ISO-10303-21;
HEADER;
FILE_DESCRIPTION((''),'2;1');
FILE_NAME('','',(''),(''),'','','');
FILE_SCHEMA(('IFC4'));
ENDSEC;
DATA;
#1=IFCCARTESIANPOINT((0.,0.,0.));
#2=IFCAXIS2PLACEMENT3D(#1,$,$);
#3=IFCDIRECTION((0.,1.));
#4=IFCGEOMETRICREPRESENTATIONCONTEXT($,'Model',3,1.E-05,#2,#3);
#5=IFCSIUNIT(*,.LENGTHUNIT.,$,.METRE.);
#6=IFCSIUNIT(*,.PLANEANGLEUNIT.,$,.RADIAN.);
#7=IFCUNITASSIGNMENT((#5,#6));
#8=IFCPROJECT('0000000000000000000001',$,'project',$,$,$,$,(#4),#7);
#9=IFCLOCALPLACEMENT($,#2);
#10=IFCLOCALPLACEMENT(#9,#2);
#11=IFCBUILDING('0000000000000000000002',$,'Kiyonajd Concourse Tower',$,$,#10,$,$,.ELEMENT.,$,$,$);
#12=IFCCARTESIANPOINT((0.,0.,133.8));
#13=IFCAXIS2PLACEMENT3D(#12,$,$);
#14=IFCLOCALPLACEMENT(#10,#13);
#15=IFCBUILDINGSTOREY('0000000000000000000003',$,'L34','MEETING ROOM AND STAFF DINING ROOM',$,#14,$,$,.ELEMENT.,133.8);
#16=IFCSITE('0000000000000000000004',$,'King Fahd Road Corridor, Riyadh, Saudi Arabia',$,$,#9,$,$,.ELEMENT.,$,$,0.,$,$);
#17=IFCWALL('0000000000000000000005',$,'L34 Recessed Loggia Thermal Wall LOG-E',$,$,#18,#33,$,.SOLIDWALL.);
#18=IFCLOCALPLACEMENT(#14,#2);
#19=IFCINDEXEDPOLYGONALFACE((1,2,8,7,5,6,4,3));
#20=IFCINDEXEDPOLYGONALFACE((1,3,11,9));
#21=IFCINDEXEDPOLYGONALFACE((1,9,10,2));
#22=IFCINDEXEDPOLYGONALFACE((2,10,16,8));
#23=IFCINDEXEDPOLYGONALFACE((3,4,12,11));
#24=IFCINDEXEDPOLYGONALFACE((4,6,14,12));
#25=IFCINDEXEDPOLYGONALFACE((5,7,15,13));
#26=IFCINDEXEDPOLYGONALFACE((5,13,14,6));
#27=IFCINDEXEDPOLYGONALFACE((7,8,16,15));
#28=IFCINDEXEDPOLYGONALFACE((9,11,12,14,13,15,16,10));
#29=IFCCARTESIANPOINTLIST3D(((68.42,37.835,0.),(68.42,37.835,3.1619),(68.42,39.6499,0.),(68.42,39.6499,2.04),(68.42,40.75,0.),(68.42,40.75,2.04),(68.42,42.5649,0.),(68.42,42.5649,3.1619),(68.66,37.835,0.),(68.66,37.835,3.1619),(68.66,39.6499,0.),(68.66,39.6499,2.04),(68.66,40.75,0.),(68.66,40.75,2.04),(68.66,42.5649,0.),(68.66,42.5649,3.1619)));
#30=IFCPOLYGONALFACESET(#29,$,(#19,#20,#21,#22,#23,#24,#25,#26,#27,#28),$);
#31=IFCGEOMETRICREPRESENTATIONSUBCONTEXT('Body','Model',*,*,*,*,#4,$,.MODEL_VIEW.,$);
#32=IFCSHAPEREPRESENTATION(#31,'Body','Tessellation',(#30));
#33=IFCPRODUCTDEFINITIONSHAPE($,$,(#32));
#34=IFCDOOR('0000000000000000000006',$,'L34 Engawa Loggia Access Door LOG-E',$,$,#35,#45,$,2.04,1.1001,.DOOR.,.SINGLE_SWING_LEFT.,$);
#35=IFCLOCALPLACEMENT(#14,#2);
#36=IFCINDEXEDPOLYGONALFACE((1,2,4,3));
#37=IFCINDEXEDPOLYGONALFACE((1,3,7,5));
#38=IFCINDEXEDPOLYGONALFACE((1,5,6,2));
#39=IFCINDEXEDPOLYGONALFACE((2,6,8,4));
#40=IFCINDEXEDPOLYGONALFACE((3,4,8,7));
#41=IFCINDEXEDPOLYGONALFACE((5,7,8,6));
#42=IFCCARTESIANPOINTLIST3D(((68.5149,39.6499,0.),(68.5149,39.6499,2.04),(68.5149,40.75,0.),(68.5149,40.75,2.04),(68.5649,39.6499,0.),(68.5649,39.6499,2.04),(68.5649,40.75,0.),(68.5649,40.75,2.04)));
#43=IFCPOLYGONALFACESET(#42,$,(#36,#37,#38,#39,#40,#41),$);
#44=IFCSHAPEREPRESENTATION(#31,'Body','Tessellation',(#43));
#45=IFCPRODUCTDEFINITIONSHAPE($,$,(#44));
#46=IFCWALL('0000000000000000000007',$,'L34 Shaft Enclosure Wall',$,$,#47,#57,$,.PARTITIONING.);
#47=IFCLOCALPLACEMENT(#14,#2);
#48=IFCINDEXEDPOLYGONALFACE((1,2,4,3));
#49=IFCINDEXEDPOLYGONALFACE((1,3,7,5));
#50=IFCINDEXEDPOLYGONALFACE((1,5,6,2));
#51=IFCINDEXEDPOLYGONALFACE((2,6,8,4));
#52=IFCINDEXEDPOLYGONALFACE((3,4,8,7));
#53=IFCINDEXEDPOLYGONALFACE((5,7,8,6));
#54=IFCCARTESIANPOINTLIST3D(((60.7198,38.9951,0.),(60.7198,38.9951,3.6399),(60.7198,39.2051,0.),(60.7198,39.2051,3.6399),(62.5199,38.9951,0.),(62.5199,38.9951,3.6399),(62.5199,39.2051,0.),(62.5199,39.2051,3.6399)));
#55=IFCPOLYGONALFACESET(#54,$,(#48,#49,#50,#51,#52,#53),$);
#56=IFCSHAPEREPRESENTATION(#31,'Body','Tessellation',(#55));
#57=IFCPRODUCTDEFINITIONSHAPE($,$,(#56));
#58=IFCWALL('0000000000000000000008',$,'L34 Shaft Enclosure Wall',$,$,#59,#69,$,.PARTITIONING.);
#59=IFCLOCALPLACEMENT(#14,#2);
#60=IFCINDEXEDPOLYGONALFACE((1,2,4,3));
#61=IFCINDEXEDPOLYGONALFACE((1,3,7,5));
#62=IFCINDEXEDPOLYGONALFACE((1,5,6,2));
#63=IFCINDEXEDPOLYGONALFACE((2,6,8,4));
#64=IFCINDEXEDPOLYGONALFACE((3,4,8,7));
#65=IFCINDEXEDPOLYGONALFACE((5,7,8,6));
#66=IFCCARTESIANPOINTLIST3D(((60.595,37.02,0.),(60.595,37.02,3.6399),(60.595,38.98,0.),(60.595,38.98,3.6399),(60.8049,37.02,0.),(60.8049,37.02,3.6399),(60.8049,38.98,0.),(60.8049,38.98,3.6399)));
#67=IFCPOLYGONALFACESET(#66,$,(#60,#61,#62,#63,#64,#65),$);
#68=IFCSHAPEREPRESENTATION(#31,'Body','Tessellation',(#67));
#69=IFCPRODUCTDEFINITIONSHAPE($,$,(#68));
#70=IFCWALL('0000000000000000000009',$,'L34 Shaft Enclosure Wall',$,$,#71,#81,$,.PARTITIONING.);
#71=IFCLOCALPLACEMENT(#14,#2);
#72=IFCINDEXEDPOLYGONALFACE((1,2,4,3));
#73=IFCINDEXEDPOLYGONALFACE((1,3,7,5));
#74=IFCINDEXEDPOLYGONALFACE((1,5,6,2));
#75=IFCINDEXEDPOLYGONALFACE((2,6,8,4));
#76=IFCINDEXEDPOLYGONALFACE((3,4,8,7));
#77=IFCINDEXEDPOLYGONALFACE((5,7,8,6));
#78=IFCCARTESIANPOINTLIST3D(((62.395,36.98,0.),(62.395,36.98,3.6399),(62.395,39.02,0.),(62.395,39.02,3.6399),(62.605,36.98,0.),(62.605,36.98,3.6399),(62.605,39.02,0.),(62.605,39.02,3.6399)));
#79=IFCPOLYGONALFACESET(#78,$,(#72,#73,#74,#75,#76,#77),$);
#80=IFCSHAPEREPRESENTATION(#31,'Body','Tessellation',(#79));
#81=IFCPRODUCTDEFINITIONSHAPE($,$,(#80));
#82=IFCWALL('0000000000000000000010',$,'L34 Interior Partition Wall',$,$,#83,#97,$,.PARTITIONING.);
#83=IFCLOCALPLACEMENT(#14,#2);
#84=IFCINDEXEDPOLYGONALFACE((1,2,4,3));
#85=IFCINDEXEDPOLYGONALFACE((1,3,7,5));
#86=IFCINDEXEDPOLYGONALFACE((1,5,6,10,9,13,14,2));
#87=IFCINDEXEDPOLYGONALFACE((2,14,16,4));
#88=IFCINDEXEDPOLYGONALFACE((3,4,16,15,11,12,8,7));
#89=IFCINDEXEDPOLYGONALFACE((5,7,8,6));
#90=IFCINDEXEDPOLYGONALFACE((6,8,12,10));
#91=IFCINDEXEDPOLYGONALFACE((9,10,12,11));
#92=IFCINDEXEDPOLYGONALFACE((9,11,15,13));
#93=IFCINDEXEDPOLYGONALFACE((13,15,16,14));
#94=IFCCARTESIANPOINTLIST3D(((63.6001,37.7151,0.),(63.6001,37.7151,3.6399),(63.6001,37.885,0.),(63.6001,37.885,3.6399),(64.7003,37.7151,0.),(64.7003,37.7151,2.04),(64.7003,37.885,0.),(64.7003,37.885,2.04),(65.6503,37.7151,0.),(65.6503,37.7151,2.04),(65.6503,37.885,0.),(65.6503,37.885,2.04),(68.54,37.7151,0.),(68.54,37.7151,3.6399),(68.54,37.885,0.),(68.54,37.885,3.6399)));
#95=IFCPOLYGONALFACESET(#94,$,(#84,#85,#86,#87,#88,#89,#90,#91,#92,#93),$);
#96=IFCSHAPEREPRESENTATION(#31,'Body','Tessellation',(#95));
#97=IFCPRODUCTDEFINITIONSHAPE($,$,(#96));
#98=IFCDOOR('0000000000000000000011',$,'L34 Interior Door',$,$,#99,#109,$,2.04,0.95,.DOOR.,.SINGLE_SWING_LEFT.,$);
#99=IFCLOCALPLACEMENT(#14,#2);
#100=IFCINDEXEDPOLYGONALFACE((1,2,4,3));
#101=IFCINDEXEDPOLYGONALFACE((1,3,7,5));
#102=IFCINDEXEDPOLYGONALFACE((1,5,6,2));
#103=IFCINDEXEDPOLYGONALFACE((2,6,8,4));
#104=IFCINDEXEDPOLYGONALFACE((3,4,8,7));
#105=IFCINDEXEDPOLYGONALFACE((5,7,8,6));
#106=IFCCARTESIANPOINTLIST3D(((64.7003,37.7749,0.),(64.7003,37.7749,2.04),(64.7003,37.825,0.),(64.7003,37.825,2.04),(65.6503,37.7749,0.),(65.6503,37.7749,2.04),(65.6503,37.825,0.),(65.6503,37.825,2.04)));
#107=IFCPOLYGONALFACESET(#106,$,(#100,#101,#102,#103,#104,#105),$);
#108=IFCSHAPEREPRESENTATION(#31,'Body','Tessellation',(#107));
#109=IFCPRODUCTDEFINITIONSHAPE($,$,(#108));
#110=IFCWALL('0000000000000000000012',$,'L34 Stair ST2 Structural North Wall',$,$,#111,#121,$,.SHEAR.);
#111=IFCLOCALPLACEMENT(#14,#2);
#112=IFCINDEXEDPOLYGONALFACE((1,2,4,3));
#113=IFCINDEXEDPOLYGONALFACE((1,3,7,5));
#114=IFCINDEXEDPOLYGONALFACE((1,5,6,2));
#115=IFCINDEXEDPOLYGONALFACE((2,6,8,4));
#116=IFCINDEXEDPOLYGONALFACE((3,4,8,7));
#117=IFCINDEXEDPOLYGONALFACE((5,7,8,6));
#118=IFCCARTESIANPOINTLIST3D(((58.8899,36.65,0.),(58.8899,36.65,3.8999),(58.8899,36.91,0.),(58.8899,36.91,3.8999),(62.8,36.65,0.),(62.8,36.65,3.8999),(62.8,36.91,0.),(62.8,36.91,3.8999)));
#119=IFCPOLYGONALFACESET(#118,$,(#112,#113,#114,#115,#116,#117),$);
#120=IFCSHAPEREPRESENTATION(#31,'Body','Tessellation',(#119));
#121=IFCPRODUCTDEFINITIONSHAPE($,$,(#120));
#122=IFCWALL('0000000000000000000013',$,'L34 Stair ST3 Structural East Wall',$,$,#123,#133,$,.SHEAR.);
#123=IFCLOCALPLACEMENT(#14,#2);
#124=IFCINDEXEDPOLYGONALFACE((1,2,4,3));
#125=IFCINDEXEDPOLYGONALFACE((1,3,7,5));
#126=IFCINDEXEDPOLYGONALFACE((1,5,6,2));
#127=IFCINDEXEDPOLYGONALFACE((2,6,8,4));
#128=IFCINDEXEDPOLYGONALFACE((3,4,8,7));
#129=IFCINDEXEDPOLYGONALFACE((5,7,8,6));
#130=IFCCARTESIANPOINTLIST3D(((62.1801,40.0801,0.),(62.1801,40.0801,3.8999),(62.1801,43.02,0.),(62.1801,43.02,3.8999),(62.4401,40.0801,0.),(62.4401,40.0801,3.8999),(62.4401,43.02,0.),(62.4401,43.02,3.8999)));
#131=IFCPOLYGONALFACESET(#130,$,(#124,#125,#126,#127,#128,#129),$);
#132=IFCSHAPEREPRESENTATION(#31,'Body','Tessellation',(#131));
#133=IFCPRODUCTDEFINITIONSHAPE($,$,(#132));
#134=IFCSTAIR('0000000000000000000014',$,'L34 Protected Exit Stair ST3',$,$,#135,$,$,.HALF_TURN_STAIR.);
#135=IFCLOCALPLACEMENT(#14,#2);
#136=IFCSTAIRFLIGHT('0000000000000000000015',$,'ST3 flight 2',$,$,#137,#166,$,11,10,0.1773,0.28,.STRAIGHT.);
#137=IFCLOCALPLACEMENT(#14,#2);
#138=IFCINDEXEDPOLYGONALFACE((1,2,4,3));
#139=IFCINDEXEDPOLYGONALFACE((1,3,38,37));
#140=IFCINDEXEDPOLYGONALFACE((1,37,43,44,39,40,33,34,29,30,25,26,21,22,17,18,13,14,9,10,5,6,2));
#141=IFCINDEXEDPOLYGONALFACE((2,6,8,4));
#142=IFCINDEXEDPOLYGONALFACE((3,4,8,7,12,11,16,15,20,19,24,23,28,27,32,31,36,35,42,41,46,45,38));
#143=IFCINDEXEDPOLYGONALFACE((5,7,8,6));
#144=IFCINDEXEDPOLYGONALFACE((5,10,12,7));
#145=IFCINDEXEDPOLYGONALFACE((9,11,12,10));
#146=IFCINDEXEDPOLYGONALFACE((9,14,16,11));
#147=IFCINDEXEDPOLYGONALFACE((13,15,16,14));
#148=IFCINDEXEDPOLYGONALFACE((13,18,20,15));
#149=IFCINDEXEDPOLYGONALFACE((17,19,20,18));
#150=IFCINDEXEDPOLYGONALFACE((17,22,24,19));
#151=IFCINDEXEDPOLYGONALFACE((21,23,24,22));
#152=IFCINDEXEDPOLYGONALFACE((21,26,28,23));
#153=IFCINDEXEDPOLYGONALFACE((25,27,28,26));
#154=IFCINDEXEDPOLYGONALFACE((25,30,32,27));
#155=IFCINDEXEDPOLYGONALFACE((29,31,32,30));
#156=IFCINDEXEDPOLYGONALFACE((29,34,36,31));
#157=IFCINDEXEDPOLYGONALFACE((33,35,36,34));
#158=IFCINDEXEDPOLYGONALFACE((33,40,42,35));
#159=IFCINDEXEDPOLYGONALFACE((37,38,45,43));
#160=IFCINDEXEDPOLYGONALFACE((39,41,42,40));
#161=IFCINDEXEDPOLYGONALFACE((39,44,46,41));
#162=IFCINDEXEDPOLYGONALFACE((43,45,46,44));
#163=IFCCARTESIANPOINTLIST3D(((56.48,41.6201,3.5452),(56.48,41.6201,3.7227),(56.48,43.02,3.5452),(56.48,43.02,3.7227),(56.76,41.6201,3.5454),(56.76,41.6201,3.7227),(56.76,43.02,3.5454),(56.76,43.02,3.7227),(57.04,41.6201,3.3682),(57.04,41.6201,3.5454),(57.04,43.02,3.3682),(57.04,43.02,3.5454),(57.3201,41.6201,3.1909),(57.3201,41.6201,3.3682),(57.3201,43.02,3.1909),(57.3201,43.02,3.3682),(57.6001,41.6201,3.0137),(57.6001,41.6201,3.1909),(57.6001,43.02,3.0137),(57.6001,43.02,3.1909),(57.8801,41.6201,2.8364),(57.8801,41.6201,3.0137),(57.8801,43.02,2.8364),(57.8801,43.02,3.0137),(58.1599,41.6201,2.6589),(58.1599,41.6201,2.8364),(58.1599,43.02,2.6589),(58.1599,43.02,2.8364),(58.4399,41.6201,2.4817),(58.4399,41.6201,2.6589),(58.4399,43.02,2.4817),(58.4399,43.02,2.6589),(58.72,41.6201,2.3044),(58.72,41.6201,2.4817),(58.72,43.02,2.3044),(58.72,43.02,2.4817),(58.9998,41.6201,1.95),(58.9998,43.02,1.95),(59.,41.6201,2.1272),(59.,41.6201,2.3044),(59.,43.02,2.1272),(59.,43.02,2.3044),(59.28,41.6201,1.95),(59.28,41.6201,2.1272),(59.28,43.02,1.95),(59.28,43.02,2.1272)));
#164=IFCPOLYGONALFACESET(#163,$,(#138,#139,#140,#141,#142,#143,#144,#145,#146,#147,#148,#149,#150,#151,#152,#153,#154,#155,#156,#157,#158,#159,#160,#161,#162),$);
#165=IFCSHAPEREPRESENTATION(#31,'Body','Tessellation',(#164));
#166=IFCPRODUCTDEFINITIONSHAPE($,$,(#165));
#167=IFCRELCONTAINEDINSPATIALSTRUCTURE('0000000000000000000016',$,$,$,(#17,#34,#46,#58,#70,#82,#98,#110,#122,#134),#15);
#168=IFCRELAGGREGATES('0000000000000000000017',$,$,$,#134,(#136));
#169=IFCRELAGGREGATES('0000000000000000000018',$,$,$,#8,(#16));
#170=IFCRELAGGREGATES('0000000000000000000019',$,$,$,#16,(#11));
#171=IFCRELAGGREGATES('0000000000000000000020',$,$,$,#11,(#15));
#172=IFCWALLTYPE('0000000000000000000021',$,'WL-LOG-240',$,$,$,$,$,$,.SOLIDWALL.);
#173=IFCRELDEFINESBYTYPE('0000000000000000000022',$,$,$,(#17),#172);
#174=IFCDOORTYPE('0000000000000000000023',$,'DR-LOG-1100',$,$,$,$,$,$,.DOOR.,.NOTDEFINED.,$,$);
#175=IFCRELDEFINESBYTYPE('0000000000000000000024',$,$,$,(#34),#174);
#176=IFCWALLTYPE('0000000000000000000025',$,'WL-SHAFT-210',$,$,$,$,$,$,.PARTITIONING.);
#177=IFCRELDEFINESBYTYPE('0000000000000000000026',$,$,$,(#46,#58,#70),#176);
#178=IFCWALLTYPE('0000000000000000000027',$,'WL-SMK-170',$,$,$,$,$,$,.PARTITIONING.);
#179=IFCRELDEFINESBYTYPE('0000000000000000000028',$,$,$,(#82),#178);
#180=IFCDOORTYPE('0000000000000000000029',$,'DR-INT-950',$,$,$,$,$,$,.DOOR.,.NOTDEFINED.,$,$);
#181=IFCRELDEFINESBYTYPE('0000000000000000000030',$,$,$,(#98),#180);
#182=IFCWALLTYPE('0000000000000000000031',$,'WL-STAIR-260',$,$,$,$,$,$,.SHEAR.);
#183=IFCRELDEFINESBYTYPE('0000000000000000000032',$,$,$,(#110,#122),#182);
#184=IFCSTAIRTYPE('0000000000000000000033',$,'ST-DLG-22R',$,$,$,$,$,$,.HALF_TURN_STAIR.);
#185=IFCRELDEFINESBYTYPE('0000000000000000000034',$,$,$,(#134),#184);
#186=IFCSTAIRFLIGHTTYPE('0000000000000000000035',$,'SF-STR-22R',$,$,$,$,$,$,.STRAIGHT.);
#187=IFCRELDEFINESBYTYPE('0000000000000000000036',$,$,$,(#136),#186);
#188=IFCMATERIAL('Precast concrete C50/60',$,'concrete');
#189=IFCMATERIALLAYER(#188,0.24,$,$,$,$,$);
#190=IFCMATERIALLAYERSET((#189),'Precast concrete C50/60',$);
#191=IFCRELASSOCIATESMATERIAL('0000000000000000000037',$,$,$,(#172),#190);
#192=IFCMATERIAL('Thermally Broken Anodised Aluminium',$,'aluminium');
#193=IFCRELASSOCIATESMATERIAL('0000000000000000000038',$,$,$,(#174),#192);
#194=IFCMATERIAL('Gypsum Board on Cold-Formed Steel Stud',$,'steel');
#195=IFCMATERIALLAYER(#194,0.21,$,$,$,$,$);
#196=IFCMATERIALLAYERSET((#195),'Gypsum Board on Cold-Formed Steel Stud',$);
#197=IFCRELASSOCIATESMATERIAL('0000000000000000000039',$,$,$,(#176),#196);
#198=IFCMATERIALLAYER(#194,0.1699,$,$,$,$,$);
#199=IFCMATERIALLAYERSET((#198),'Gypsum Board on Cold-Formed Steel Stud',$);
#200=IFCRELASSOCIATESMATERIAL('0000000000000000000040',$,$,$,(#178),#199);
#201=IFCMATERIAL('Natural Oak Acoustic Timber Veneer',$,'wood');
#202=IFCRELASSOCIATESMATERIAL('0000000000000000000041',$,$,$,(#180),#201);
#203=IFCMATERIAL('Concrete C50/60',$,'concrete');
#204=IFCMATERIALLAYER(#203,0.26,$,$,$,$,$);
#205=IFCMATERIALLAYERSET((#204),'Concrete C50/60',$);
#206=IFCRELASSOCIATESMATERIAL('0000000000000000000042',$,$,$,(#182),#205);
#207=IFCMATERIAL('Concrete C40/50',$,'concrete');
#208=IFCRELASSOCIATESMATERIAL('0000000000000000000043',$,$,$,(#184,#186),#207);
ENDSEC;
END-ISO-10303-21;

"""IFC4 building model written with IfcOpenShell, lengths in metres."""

from ifc_helpers import new_model, si_unit, direction, frame, frame_2d, origin, place, context, subcontext, project, spatial, polyline, rectangle, outline, extrude, material, layer, layer_set, type_object, element, fill, aggregate, save


model = new_model("IFC4")

# Units and contexts
model_context = context("Model", 3, precision=1e-05, world=origin(), true_north=direction((0.0, 1.0)))
body_context = subcontext(model_context, "Body", "Model", "MODEL_VIEW")
ifc_project = project(units=[si_unit("LENGTHUNIT", "METRE"), si_unit("PLANEANGLEUNIT", "RADIAN")], contexts=[model_context])

# Site, building, storey
site_placement = place(None, origin())
site = spatial("IfcSite", under=ifc_project, at=site_placement, Name="King Fahd Road Corridor, Riyadh, Saudi Arabia", CompositionType="ELEMENT", RefElevation=0.0)
building_placement = place(site_placement, origin())
building = spatial("IfcBuilding", under=site, at=building_placement, Name="Kiyonajd Concourse Tower", CompositionType="ELEMENT")
storey_placement = place(building_placement, frame((0.0, 0.0, 133.8)))
storey = spatial("IfcBuildingStorey", under=building, at=storey_placement, Name="L34", Description="MEETING ROOM AND STAFF DINING ROOM", CompositionType="ELEMENT", Elevation=133.8)

# Shared definitions
ifc_material_1 = material(Name="Precast concrete C50/60", Category="concrete")

# Shared definitions
ifc_material_2 = material(Name="Thermally Broken Anodised Aluminium", Category="aluminium")

# Wall, opening, door
ifc_layer_1 = layer(ifc_material_1, 0.24)
ifc_layer_set_1 = layer_set([ifc_layer_1], Name="Precast concrete C50/60")
wall_type_1 = type_object("IfcWallType", Name="WL-LOG-240", PredefinedType="SOLIDWALL", material=ifc_layer_set_1)
wall_1_placement = place(storey_placement, frame((68.54, 42.5649, 0.0), z_axis=(0.0, 0.0, 1.0), x_axis=(0.0, -1.0, 0.0)))
wall_1 = element("IfcWall", 1, at=wall_1_placement, inside=storey, type_object=wall_type_1, Name="L34 Recessed Loggia Thermal Wall LOG-E", PredefinedType="SOLIDWALL", context=body_context, shape_type="SweptSolid", body=[
    extrude(rectangle(XDim=4.73, YDim=0.24, at=frame_2d((2.365, 0.0))), origin(), (0.0, 0.0, 1.0), 3.1619),
])
opening_1_placement = place(wall_1_placement, frame((1.8149, 0.0, 0.0)))
opening_1 = element("IfcOpeningElement", 2, at=opening_1_placement, cuts=wall_1, PredefinedType="OPENING", context=body_context, shape_type="SweptSolid", body=[
    extrude(rectangle(XDim=1.1001, YDim=2.04, at=frame_2d((0.55, 1.02))), frame((0.0, 0.1299, 0.0), z_axis=(0.0, -1.0, 0.0), x_axis=(1.0, 0.0, 0.0)), (0.0, 0.0, 1.0), 0.26),
])
door_type_1 = type_object("IfcDoorType", Name="DR-LOG-1100", OperationType="NOTDEFINED", PredefinedType="DOOR", material=ifc_material_2)
door_1_placement = place(opening_1_placement, origin())
door_1 = element("IfcDoor", 3, at=door_1_placement, inside=storey, type_object=door_type_1, Name="L34 Engawa Loggia Access Door LOG-E", OperationType="SINGLE_SWING_LEFT", OverallHeight=2.04, OverallWidth=1.1001, PredefinedType="DOOR", context=body_context, shape_type="SweptSolid", body=[
    extrude(rectangle(XDim=1.1001, YDim=2.04, at=frame_2d((0.55, 1.02))), frame((0.0, 0.0249, 0.0), z_axis=(0.0, -1.0, 0.0), x_axis=(1.0, 0.0, 0.0)), (0.0, 0.0, 1.0), 0.05),
])
fill(opening_1, door_1)

# Walls
ifc_material_3 = material(Name="Gypsum Board on Cold-Formed Steel Stud", Category="steel")
ifc_layer_2 = layer(ifc_material_3, 0.21)
ifc_layer_set_2 = layer_set([ifc_layer_2], Name="Gypsum Board on Cold-Formed Steel Stud")
wall_type_2 = type_object("IfcWallType", Name="WL-SHAFT-210", PredefinedType="PARTITIONING", material=ifc_layer_set_2)
wall_2_placement = place(storey_placement, frame((60.72, 39.1001, 0.0), z_axis=(0.0, 0.0, 1.0), x_axis=(1.0, 0.0, 0.0)))
element("IfcWall", 4, at=wall_2_placement, inside=storey, type_object=wall_type_2, Name="L34 Shaft Enclosure Wall", PredefinedType="PARTITIONING", context=body_context, shape_type="SweptSolid", body=[
    extrude(rectangle(XDim=1.8, YDim=0.21, at=frame_2d((0.8999, 0.0))), origin(), (0.0, 0.0, 1.0), 3.6399),
])
wall_3_placement = place(storey_placement, frame((60.7, 37.02, 0.0), z_axis=(0.0, 0.0, 1.0), x_axis=(0.0, 1.0, 0.0)))
element("IfcWall", 5, at=wall_3_placement, inside=storey, type_object=wall_type_2, Name="L34 Shaft Enclosure Wall", PredefinedType="PARTITIONING", context=body_context, shape_type="SweptSolid", body=[
    extrude(rectangle(XDim=1.96, YDim=0.21, at=frame_2d((0.98, 0.0))), origin(), (0.0, 0.0, 1.0), 3.6399),
])
wall_4_placement = place(storey_placement, frame((62.5, 36.98, 0.0), z_axis=(0.0, 0.0, 1.0), x_axis=(0.0, 1.0, 0.0)))
element("IfcWall", 6, at=wall_4_placement, inside=storey, type_object=wall_type_2, Name="L34 Shaft Enclosure Wall", PredefinedType="PARTITIONING", context=body_context, shape_type="SweptSolid", body=[
    extrude(rectangle(XDim=2.04, YDim=0.21, at=frame_2d((1.02, 0.0))), origin(), (0.0, 0.0, 1.0), 3.6399),
])

# Wall, opening, door
ifc_layer_3 = layer(ifc_material_3, 0.1699)
ifc_layer_set_3 = layer_set([ifc_layer_3], Name="Gypsum Board on Cold-Formed Steel Stud")
wall_type_3 = type_object("IfcWallType", Name="WL-SMK-170", PredefinedType="PARTITIONING", material=ifc_layer_set_3)
wall_5_placement = place(storey_placement, frame((63.6001, 37.8, 0.0), z_axis=(0.0, 0.0, 1.0), x_axis=(1.0, 0.0, 0.0)))
wall_5 = element("IfcWall", 7, at=wall_5_placement, inside=storey, type_object=wall_type_3, Name="L34 Interior Partition Wall", PredefinedType="PARTITIONING", context=body_context, shape_type="SweptSolid", body=[
    extrude(rectangle(XDim=4.9399, YDim=0.1699, at=frame_2d((2.47, 0.0))), origin(), (0.0, 0.0, 1.0), 3.6399),
])
opening_2_placement = place(wall_5_placement, frame((1.1001, 0.0, 0.0)))
opening_2 = element("IfcOpeningElement", 8, at=opening_2_placement, cuts=wall_5, PredefinedType="OPENING", context=body_context, shape_type="SweptSolid", body=[
    extrude(rectangle(XDim=0.95, YDim=2.04, at=frame_2d((0.4751, 1.02))), frame((0.0, 0.095, 0.0), z_axis=(0.0, -1.0, 0.0), x_axis=(1.0, 0.0, 0.0)), (0.0, 0.0, 1.0), 0.1899),
])
ifc_material_4 = material(Name="Natural Oak Acoustic Timber Veneer", Category="wood")
door_type_2 = type_object("IfcDoorType", Name="DR-INT-950", OperationType="NOTDEFINED", PredefinedType="DOOR", material=ifc_material_4)
door_2_placement = place(opening_2_placement, origin())
door_2 = element("IfcDoor", 9, at=door_2_placement, inside=storey, type_object=door_type_2, Name="L34 Interior Door", OperationType="SINGLE_SWING_LEFT", OverallHeight=2.04, OverallWidth=0.95, PredefinedType="DOOR", context=body_context, shape_type="SweptSolid", body=[
    extrude(rectangle(XDim=0.95, YDim=2.04, at=frame_2d((0.4751, 1.02))), frame((0.0, 0.0249, 0.0), z_axis=(0.0, -1.0, 0.0), x_axis=(1.0, 0.0, 0.0)), (0.0, 0.0, 1.0), 0.05),
])
fill(opening_2, door_2)

# Walls
ifc_material_5 = material(Name="Concrete C50/60", Category="concrete")
ifc_layer_4 = layer(ifc_material_5, 0.26)
ifc_layer_set_4 = layer_set([ifc_layer_4], Name="Concrete C50/60")
wall_type_4 = type_object("IfcWallType", Name="WL-STAIR-260", PredefinedType="SHEAR", material=ifc_layer_set_4)
wall_6_placement = place(storey_placement, frame((58.8899, 36.78, 0.0), z_axis=(0.0, 0.0, 1.0), x_axis=(1.0, 0.0, 0.0)))
element("IfcWall", 10, at=wall_6_placement, inside=storey, type_object=wall_type_4, Name="L34 Stair ST2 Structural North Wall", PredefinedType="SHEAR", context=body_context, shape_type="SweptSolid", body=[
    extrude(rectangle(XDim=3.9102, YDim=0.26, at=frame_2d((1.9551, 0.0))), origin(), (0.0, 0.0, 1.0), 3.8999),
])
wall_7_placement = place(storey_placement, frame((62.3101, 40.0801, 0.0), z_axis=(0.0, 0.0, 1.0), x_axis=(0.0, 1.0, 0.0)))
element("IfcWall", 11, at=wall_7_placement, inside=storey, type_object=wall_type_4, Name="L34 Stair ST3 Structural East Wall", PredefinedType="SHEAR", context=body_context, shape_type="SweptSolid", body=[
    extrude(rectangle(XDim=2.9399, YDim=0.26, at=frame_2d((1.47, 0.0))), origin(), (0.0, 0.0, 1.0), 3.8999),
])

# Stair, stair flight
ifc_material_6 = material(Name="Concrete C40/50", Category="concrete")
stair_type = type_object("IfcStairType", Name="ST-DLG-22R", PredefinedType="HALF_TURN_STAIR", material=ifc_material_6)
stair_placement = place(storey_placement, origin())
stair = element("IfcStair", 12, at=stair_placement, inside=storey, type_object=stair_type, Name="L34 Protected Exit Stair ST3", PredefinedType="HALF_TURN_STAIR")
stair_flight_type = type_object("IfcStairFlightType", Name="SF-STR-22R", PredefinedType="STRAIGHT", material=ifc_material_6)
stair_flight_placement = place(storey_placement, frame((59.28, 42.3201, 1.95), z_axis=(0.0, 0.0, 1.0), x_axis=(-1.0, 0.0, 0.0)))
stair_flight = element("IfcStairFlight", 13, at=stair_flight_placement, type_object=stair_flight_type, Name="ST3 flight 2", NumberOfRisers=11, NumberOfTreads=10, PredefinedType="STRAIGHT", RiserHeight=0.1773, TreadLength=0.28, context=body_context, shape_type="SweptSolid", body=[
    extrude(outline(polyline([(0.0, 0.0), (0.0, 0.1772), (0.28, 0.1772), (0.28, 0.3545), (0.5601, 0.3545), (0.5601, 0.5317), (0.8401, 0.5317), (0.8401, 0.709), (1.1201, 0.709), (1.1201, 0.8865), (1.3999, 0.8865), (1.3999, 1.0637), (1.6799, 1.0637), (1.6799, 1.241), (1.96, 1.241), (1.96, 1.4182), (2.24, 1.4182), (2.24, 1.5955), (2.52, 1.5955), (2.52, 1.7727), (2.8, 1.7727), (2.8, 1.95), (2.8, 1.5952), (0.2803, 0.0), (0.0, 0.0)])), frame((0.0, 0.7, 0.0), z_axis=(0.0, -1.0, 0.0), x_axis=(1.0, 0.0, 0.0)), (0.0, 0.0, 1.0), 1.3999),
])
aggregate(stair, [stair_flight])

save(model, "model.ifc")
